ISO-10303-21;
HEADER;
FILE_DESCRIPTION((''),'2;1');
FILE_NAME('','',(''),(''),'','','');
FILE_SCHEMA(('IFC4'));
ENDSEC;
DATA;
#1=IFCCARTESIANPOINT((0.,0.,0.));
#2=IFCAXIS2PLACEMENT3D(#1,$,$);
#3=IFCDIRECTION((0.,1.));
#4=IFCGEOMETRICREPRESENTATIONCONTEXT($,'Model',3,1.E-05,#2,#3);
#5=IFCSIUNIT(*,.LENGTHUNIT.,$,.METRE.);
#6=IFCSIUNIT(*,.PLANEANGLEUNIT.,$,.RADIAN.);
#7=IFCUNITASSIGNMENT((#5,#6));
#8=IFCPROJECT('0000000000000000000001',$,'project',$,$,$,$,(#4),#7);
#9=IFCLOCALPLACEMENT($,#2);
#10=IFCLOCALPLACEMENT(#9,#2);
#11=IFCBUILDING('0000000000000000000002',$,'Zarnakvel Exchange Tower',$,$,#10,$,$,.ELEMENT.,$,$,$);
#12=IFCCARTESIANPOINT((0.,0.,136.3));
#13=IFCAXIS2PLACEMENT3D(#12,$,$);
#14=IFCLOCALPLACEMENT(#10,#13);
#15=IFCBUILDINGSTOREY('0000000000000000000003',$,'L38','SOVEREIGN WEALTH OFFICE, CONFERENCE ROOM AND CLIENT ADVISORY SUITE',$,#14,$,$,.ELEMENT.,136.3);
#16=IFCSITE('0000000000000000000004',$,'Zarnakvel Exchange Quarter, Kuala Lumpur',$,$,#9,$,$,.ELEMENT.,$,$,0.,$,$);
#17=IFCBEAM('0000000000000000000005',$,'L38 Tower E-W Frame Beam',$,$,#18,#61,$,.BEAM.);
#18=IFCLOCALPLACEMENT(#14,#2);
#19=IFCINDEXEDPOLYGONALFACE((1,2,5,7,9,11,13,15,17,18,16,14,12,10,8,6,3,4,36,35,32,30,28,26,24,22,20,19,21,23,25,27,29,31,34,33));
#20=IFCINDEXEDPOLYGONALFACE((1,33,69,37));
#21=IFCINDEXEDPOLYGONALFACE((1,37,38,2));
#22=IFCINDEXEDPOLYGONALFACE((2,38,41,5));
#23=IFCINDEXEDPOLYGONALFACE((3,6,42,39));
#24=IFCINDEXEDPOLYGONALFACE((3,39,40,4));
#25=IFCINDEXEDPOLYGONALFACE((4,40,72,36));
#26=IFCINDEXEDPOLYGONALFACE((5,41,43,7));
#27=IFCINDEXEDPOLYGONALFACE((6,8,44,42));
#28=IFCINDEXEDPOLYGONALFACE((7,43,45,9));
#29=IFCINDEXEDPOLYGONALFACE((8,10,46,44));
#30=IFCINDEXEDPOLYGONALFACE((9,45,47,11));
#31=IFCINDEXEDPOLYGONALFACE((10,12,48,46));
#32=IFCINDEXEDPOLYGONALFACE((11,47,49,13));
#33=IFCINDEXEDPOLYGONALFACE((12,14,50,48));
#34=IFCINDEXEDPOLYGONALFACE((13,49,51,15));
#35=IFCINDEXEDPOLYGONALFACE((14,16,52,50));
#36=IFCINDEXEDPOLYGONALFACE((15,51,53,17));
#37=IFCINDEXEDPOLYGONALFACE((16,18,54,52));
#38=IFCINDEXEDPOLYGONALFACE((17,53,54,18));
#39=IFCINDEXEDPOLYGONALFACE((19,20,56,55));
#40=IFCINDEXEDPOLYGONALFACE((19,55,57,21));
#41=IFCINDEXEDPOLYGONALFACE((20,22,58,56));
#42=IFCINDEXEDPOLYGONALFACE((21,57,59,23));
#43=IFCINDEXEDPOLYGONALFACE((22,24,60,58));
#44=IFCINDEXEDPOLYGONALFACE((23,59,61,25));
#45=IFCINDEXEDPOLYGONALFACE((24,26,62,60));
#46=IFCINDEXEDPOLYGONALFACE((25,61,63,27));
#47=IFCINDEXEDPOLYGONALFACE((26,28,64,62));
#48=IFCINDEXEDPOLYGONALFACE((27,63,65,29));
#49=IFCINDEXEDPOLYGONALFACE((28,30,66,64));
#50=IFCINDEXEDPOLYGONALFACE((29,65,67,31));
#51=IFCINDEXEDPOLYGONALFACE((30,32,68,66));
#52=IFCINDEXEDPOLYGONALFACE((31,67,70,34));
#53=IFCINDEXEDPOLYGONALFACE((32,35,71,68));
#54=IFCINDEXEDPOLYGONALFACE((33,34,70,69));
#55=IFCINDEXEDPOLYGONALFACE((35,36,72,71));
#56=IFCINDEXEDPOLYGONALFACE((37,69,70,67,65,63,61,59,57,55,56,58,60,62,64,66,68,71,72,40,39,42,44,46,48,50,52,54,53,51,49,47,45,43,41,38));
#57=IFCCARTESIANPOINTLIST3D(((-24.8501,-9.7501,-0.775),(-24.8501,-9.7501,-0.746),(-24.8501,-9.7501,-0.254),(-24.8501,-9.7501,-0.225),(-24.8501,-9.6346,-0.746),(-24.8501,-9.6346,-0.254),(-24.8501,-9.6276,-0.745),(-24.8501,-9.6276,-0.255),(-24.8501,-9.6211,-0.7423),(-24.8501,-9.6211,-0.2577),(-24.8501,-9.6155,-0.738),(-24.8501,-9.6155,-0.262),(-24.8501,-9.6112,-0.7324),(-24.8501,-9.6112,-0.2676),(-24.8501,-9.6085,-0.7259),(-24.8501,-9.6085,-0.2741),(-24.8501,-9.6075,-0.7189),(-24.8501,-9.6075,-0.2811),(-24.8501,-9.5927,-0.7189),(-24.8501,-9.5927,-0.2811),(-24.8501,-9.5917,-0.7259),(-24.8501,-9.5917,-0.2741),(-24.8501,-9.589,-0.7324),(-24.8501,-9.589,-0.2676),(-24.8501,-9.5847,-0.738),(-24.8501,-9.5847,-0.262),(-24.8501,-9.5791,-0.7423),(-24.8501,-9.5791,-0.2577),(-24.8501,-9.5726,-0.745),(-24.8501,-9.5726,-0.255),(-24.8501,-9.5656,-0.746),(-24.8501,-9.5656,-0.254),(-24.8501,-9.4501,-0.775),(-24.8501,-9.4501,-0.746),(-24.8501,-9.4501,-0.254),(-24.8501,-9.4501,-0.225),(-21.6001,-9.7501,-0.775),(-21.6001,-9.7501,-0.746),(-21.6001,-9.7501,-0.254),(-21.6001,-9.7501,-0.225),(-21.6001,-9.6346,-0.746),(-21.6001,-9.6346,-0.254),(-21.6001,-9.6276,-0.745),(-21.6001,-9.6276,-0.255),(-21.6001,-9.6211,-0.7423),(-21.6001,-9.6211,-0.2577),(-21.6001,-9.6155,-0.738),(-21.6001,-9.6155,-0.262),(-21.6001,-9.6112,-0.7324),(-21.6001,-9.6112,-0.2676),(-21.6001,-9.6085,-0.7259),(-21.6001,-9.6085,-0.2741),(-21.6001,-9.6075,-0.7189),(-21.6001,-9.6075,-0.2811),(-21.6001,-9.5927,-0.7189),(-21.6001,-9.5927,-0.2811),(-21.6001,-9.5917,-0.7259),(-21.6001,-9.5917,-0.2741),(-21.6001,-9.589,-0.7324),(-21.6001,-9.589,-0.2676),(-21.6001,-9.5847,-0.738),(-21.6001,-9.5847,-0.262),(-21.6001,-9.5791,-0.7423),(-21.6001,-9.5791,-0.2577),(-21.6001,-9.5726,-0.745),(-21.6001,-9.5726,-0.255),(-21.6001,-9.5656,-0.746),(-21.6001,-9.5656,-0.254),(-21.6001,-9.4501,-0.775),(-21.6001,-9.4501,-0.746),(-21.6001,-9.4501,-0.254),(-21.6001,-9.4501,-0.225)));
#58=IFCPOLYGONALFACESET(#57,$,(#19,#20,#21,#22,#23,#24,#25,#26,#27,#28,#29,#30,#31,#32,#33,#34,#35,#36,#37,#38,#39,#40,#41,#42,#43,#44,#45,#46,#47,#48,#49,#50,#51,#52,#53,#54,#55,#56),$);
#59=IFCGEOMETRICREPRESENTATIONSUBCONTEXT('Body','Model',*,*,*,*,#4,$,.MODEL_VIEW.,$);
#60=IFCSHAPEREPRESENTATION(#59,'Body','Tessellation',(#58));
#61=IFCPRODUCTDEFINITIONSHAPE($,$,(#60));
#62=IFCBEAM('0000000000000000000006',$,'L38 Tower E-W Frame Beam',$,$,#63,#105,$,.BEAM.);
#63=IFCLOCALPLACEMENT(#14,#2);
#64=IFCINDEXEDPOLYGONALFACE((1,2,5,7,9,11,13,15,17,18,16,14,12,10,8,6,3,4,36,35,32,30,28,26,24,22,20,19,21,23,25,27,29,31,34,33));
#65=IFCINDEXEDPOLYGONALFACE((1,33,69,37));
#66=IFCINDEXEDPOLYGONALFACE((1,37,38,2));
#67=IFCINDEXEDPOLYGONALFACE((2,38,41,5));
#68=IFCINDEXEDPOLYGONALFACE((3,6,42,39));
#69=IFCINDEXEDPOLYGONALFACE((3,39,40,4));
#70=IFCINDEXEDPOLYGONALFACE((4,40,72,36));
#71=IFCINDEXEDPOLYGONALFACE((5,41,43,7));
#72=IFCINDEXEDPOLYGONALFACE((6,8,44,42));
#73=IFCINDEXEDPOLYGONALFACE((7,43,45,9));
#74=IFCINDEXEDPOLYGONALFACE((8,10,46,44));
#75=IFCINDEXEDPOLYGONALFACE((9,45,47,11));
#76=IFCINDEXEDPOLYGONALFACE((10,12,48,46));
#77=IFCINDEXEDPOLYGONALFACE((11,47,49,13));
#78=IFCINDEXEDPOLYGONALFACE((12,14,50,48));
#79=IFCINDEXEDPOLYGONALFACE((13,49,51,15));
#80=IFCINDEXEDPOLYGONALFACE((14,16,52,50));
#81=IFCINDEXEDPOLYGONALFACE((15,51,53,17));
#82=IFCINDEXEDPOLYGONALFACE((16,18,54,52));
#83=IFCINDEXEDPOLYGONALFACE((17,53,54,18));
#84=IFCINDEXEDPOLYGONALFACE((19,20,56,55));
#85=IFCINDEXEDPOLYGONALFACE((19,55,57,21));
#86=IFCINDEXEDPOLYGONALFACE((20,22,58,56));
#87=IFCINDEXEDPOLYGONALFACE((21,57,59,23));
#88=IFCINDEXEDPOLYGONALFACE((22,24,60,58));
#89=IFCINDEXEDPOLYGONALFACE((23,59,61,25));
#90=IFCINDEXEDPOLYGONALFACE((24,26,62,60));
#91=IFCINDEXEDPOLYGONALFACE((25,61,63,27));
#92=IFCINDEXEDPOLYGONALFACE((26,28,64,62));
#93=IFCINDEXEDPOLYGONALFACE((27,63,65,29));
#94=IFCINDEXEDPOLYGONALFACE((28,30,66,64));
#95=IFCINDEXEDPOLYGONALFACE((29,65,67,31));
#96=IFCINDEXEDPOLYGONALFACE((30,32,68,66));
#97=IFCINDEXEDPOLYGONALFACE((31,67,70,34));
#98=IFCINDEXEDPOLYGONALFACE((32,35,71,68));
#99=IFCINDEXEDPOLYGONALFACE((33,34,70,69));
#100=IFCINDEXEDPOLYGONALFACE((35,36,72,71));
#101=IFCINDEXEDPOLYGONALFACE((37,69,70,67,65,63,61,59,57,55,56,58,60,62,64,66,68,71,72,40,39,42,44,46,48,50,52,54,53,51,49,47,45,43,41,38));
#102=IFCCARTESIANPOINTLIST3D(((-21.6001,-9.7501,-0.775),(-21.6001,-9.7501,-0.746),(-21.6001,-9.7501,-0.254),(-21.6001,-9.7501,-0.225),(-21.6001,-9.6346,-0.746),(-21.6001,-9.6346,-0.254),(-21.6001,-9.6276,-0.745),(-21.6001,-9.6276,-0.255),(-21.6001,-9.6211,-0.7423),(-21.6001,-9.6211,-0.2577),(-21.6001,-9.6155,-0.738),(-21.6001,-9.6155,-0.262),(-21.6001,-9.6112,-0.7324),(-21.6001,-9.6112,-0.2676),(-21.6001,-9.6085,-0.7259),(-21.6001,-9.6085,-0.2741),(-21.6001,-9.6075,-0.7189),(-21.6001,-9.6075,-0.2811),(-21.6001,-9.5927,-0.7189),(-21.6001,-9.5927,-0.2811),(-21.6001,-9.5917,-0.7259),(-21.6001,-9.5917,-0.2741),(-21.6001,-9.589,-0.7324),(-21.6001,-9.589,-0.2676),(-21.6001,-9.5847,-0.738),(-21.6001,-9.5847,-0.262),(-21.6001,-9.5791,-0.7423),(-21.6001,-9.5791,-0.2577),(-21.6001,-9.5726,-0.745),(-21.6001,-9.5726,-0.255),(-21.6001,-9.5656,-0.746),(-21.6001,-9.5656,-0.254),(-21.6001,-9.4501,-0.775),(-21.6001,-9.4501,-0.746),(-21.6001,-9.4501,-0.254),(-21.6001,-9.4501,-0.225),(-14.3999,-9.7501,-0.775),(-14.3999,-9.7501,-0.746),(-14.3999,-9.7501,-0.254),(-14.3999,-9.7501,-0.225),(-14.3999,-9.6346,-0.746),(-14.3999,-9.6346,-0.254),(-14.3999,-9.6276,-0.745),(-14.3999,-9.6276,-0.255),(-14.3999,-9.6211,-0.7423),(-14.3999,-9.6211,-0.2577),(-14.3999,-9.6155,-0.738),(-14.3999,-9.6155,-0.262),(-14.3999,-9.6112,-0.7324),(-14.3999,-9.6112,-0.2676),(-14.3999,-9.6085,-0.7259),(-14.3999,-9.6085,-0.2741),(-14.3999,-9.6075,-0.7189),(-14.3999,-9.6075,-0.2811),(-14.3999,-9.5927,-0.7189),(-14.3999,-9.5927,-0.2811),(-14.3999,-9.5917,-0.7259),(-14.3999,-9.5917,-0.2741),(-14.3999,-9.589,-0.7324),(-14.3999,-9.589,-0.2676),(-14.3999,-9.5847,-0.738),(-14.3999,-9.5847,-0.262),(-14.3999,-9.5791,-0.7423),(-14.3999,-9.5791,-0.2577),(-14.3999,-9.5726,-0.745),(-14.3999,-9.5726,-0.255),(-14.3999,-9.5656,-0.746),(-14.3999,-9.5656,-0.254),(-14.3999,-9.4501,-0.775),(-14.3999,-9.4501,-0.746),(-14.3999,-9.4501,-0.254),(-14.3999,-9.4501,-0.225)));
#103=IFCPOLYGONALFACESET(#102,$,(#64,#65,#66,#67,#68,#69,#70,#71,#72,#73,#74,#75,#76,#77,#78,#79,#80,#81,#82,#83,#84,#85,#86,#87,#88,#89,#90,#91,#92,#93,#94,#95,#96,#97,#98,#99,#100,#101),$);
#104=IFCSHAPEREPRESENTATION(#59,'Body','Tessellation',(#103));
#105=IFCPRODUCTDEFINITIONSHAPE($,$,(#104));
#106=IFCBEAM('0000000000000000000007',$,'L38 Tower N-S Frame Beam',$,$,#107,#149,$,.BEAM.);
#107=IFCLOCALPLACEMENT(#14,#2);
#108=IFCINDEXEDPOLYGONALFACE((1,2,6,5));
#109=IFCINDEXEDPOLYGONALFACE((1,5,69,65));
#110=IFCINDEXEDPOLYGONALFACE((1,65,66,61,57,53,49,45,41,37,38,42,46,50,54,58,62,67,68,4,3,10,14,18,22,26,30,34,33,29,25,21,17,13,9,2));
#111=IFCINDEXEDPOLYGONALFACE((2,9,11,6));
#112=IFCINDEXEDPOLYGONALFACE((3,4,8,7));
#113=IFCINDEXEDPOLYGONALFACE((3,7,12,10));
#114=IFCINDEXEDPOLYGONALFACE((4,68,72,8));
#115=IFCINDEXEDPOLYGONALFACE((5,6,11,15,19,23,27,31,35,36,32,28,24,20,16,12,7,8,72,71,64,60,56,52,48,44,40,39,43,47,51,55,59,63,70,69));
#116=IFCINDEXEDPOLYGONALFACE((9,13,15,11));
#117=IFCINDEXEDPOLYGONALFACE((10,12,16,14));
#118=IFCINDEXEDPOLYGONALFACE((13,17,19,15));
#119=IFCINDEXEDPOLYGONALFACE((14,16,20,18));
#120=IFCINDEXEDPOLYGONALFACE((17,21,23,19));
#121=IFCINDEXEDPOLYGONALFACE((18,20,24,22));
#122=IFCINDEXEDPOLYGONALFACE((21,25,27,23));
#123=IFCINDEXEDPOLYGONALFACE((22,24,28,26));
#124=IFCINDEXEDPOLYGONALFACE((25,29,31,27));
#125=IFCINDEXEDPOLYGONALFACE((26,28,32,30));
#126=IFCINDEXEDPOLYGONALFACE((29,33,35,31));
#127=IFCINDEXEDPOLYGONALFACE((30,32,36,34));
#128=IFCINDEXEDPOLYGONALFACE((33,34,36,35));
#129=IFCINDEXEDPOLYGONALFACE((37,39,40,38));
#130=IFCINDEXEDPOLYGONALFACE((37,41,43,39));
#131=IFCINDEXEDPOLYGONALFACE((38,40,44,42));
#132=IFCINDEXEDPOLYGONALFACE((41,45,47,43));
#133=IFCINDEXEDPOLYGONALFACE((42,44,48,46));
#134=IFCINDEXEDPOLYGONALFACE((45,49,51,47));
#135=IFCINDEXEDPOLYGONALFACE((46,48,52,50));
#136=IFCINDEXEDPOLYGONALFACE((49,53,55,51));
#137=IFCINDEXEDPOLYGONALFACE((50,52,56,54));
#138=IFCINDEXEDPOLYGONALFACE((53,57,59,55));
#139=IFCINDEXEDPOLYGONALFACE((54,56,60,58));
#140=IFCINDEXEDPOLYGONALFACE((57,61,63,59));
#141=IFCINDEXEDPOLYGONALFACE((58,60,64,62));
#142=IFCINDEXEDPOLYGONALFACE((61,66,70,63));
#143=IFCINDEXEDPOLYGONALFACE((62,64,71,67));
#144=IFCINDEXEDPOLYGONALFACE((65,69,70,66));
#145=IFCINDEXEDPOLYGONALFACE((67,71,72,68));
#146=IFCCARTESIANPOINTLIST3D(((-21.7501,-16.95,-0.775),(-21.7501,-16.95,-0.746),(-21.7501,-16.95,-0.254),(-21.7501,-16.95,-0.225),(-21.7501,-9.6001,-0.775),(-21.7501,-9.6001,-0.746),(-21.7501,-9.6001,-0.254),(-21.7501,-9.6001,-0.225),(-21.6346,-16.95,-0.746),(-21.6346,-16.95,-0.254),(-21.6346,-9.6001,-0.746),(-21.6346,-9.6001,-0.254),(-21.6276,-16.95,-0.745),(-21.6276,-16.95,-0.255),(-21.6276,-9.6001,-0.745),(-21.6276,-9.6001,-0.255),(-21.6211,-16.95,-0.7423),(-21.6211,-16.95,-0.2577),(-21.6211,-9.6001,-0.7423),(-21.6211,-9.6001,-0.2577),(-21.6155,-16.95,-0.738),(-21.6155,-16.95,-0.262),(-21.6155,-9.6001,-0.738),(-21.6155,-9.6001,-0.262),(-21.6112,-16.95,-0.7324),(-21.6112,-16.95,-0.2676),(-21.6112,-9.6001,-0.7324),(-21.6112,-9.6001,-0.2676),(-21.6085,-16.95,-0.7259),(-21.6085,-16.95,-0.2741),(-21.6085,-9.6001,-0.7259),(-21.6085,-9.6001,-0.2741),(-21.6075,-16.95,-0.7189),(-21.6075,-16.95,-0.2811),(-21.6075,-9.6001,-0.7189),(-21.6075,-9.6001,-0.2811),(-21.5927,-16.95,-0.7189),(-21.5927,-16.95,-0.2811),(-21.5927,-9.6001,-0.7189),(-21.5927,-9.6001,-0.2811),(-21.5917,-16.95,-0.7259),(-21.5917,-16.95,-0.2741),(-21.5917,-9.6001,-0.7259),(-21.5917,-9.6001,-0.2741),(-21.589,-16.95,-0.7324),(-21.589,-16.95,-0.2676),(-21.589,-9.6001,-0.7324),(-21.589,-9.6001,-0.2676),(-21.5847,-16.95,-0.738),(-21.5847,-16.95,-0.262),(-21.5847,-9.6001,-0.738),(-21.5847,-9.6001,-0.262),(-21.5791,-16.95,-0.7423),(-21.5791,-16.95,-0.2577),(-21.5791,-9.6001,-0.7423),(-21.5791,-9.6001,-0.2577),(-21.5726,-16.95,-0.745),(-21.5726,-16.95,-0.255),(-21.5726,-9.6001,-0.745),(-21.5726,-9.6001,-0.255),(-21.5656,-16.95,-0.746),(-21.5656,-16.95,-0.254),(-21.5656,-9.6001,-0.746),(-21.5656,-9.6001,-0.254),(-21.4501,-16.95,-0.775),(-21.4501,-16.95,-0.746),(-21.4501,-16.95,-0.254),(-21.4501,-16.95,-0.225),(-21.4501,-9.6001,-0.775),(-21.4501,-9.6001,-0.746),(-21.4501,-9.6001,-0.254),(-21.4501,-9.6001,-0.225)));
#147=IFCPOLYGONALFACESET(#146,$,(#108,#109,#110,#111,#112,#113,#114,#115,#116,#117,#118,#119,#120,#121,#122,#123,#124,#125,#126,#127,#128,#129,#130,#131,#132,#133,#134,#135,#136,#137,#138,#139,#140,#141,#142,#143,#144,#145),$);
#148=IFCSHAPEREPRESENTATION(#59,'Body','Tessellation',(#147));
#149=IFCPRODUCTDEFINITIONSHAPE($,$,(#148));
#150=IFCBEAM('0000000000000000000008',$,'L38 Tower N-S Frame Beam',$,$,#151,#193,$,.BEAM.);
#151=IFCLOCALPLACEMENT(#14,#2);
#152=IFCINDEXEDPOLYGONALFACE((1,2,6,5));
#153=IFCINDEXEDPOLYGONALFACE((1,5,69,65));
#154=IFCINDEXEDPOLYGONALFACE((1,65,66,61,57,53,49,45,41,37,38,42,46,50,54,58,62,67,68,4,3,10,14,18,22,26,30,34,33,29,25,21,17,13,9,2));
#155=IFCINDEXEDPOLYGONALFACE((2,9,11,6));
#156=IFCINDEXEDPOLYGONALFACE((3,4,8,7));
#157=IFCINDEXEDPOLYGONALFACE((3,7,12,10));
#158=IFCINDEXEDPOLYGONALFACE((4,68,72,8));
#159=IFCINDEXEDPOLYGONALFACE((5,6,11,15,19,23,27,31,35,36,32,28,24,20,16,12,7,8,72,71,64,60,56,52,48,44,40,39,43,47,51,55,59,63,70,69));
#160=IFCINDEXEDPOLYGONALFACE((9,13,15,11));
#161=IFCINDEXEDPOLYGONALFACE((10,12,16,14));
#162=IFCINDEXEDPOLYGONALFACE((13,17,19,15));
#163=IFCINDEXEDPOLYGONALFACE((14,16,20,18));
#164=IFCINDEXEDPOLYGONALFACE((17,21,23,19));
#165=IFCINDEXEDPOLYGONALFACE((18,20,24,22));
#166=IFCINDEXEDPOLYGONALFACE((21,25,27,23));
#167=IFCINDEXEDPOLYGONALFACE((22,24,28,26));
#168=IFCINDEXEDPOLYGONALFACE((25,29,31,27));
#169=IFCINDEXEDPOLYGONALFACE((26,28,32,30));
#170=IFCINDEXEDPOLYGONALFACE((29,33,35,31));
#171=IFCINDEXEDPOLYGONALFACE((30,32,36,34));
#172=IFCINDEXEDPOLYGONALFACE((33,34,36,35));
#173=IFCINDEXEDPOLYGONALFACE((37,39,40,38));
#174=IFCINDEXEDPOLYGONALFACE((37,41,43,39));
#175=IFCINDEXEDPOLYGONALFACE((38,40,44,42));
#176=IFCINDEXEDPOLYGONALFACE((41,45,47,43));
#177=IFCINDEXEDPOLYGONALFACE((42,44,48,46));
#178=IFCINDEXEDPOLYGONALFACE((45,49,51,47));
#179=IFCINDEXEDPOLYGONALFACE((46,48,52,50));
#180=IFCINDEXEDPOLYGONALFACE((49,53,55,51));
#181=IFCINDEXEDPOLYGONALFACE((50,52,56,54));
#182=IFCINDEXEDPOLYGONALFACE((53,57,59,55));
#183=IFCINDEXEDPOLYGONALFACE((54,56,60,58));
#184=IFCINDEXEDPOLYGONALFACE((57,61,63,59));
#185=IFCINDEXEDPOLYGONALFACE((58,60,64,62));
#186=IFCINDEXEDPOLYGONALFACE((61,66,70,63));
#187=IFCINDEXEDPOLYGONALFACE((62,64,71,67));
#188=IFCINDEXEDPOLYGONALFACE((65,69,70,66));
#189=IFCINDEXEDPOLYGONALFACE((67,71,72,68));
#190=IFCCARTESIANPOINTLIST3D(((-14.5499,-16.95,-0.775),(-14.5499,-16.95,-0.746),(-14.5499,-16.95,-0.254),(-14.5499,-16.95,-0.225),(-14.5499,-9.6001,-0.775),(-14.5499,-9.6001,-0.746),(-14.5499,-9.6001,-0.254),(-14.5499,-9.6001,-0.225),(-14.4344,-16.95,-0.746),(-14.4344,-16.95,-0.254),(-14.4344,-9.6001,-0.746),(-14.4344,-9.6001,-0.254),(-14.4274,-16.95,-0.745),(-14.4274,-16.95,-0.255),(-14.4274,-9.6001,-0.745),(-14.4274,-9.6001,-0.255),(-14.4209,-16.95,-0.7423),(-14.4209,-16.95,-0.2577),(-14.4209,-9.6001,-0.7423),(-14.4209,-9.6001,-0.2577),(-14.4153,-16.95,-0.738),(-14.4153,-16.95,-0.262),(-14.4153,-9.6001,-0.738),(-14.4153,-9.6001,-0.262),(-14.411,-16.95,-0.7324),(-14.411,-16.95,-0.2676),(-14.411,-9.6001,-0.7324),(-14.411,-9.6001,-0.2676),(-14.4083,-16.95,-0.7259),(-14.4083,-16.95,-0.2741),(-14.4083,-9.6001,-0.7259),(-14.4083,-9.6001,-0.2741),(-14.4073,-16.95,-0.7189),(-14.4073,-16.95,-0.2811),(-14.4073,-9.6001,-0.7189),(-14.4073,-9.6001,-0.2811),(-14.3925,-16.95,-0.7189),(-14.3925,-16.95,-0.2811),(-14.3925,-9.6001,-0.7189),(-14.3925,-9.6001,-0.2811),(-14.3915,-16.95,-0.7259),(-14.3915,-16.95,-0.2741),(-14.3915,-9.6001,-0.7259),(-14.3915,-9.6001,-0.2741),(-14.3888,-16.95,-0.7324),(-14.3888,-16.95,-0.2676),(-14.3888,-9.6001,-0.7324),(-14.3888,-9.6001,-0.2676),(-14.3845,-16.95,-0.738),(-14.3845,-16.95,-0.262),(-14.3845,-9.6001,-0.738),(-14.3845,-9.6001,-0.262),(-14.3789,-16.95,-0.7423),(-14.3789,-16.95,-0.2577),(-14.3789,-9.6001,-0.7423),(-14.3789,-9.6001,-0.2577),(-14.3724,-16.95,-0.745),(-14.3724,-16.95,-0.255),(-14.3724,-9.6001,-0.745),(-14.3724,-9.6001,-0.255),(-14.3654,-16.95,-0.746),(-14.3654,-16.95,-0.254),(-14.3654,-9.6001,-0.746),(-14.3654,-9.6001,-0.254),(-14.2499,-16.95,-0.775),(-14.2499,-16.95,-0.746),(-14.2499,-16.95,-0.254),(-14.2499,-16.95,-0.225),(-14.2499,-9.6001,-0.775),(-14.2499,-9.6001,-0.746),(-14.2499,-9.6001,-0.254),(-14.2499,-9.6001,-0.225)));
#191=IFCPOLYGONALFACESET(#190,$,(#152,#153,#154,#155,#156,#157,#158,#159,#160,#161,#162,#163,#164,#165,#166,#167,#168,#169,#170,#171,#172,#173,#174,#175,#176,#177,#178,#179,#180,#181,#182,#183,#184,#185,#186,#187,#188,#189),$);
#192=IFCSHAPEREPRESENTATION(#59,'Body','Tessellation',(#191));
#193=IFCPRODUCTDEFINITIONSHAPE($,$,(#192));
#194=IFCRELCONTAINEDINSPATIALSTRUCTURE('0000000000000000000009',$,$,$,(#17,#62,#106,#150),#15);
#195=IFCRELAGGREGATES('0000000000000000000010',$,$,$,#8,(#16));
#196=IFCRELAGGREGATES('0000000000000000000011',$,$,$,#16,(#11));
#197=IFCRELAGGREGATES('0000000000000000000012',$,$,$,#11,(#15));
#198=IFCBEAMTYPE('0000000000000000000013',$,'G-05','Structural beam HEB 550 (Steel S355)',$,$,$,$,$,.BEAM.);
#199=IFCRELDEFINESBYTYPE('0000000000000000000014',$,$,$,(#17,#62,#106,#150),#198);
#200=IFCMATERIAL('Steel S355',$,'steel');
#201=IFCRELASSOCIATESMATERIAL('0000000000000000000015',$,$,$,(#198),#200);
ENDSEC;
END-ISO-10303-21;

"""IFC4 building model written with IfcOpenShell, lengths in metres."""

from ifc_helpers import new_model, si_unit, direction, frame, origin, origin_2d, place, context, subcontext, project, spatial, i_section, extrude, material, material_profile, profile_set, type_object, element, save


model = new_model("IFC4")

# Units and contexts
model_context = context("Model", 3, precision=1e-05, world=origin(), true_north=direction((0.0, 1.0)))
body_context = subcontext(model_context, "Body", "Model", "MODEL_VIEW")
ifc_project = project(units=[si_unit("LENGTHUNIT", "METRE"), si_unit("PLANEANGLEUNIT", "RADIAN")], contexts=[model_context])

# Site, building, storey
site_placement = place(None, origin())
site = spatial("IfcSite", under=ifc_project, at=site_placement, Name="Zarnakvel Exchange Quarter, Kuala Lumpur", CompositionType="ELEMENT", RefElevation=0.0)
building_placement = place(site_placement, origin())
building = spatial("IfcBuilding", under=site, at=building_placement, Name="Zarnakvel Exchange Tower", CompositionType="ELEMENT")
storey_placement = place(building_placement, frame((0.0, 0.0, 136.3)))
storey = spatial("IfcBuildingStorey", under=building, at=storey_placement, Name="L38", Description="SOVEREIGN WEALTH OFFICE, CONFERENCE ROOM AND CLIENT ADVISORY SUITE", CompositionType="ELEMENT", Elevation=136.3)

# Shared definitions
ifc_material_1 = material(Name="Steel S355", Category="steel")

# Beams
ifc_material_profile_1 = material_profile(ifc_material_1, i_section(OverallWidth=0.3, OverallDepth=0.55, WebThickness=0.0149, FlangeThickness=0.0291, FilletRadius=0.0271, at=origin_2d()))
ifc_profile_set_1 = profile_set([ifc_material_profile_1], Name="Steel S355")
beam_type_1 = type_object("IfcBeamType", Name="G-05", Description="Structural beam HEB 550 (Steel S355)", PredefinedType="BEAM", material=ifc_profile_set_1)
beam_1_placement = place(storey_placement, frame((-24.8501, -9.6001, -0.5), z_axis=(1.0, 0.0, 0.0), x_axis=(0.0, 1.0, 0.0)))
element("IfcBeam", 1, at=beam_1_placement, inside=storey, type_object=beam_type_1, Name="L38 Tower E-W Frame Beam", PredefinedType="BEAM", context=body_context, shape_type="SweptSolid", body=[
    extrude(i_section(OverallWidth=0.3, OverallDepth=0.55, WebThickness=0.0149, FlangeThickness=0.0291, FilletRadius=0.0271, at=origin_2d()), origin(), (0.0, 0.0, 1.0), 3.25),
])
beam_2_placement = place(storey_placement, frame((-21.6001, -9.6001, -0.5), z_axis=(1.0, 0.0, 0.0), x_axis=(0.0, 1.0, 0.0)))
element("IfcBeam", 2, at=beam_2_placement, inside=storey, type_object=beam_type_1, Name="L38 Tower E-W Frame Beam", PredefinedType="BEAM", context=body_context, shape_type="SweptSolid", body=[
    extrude(i_section(OverallWidth=0.3, OverallDepth=0.55, WebThickness=0.0149, FlangeThickness=0.0291, FilletRadius=0.0271, at=origin_2d()), origin(), (0.0, 0.0, 1.0), 7.2002),
])
for number, where, z_axis, x_axis, name in (
    (3, (-21.6001, -16.95, -0.5), (0.0, 1.0, 0.0), (-1.0, 0.0, 0.0), "L38 Tower N-S Frame Beam"),
    (4, (-14.3999, -16.95, -0.5), (0.0, 1.0, 0.0), (-1.0, 0.0, 0.0), "L38 Tower N-S Frame Beam"),
):
    element("IfcBeam", number, at=place(storey_placement, frame(where, z_axis=z_axis, x_axis=x_axis)), inside=storey, type_object=beam_type_1, Name=name, PredefinedType="BEAM", context=body_context, shape_type="SweptSolid", body=[
        extrude(i_section(OverallWidth=0.3, OverallDepth=0.55, WebThickness=0.0149, FlangeThickness=0.0291, FilletRadius=0.0271, at=origin_2d()), origin(), (0.0, 0.0, 1.0), 7.3499),
    ])

save(model, "model.ifc")
